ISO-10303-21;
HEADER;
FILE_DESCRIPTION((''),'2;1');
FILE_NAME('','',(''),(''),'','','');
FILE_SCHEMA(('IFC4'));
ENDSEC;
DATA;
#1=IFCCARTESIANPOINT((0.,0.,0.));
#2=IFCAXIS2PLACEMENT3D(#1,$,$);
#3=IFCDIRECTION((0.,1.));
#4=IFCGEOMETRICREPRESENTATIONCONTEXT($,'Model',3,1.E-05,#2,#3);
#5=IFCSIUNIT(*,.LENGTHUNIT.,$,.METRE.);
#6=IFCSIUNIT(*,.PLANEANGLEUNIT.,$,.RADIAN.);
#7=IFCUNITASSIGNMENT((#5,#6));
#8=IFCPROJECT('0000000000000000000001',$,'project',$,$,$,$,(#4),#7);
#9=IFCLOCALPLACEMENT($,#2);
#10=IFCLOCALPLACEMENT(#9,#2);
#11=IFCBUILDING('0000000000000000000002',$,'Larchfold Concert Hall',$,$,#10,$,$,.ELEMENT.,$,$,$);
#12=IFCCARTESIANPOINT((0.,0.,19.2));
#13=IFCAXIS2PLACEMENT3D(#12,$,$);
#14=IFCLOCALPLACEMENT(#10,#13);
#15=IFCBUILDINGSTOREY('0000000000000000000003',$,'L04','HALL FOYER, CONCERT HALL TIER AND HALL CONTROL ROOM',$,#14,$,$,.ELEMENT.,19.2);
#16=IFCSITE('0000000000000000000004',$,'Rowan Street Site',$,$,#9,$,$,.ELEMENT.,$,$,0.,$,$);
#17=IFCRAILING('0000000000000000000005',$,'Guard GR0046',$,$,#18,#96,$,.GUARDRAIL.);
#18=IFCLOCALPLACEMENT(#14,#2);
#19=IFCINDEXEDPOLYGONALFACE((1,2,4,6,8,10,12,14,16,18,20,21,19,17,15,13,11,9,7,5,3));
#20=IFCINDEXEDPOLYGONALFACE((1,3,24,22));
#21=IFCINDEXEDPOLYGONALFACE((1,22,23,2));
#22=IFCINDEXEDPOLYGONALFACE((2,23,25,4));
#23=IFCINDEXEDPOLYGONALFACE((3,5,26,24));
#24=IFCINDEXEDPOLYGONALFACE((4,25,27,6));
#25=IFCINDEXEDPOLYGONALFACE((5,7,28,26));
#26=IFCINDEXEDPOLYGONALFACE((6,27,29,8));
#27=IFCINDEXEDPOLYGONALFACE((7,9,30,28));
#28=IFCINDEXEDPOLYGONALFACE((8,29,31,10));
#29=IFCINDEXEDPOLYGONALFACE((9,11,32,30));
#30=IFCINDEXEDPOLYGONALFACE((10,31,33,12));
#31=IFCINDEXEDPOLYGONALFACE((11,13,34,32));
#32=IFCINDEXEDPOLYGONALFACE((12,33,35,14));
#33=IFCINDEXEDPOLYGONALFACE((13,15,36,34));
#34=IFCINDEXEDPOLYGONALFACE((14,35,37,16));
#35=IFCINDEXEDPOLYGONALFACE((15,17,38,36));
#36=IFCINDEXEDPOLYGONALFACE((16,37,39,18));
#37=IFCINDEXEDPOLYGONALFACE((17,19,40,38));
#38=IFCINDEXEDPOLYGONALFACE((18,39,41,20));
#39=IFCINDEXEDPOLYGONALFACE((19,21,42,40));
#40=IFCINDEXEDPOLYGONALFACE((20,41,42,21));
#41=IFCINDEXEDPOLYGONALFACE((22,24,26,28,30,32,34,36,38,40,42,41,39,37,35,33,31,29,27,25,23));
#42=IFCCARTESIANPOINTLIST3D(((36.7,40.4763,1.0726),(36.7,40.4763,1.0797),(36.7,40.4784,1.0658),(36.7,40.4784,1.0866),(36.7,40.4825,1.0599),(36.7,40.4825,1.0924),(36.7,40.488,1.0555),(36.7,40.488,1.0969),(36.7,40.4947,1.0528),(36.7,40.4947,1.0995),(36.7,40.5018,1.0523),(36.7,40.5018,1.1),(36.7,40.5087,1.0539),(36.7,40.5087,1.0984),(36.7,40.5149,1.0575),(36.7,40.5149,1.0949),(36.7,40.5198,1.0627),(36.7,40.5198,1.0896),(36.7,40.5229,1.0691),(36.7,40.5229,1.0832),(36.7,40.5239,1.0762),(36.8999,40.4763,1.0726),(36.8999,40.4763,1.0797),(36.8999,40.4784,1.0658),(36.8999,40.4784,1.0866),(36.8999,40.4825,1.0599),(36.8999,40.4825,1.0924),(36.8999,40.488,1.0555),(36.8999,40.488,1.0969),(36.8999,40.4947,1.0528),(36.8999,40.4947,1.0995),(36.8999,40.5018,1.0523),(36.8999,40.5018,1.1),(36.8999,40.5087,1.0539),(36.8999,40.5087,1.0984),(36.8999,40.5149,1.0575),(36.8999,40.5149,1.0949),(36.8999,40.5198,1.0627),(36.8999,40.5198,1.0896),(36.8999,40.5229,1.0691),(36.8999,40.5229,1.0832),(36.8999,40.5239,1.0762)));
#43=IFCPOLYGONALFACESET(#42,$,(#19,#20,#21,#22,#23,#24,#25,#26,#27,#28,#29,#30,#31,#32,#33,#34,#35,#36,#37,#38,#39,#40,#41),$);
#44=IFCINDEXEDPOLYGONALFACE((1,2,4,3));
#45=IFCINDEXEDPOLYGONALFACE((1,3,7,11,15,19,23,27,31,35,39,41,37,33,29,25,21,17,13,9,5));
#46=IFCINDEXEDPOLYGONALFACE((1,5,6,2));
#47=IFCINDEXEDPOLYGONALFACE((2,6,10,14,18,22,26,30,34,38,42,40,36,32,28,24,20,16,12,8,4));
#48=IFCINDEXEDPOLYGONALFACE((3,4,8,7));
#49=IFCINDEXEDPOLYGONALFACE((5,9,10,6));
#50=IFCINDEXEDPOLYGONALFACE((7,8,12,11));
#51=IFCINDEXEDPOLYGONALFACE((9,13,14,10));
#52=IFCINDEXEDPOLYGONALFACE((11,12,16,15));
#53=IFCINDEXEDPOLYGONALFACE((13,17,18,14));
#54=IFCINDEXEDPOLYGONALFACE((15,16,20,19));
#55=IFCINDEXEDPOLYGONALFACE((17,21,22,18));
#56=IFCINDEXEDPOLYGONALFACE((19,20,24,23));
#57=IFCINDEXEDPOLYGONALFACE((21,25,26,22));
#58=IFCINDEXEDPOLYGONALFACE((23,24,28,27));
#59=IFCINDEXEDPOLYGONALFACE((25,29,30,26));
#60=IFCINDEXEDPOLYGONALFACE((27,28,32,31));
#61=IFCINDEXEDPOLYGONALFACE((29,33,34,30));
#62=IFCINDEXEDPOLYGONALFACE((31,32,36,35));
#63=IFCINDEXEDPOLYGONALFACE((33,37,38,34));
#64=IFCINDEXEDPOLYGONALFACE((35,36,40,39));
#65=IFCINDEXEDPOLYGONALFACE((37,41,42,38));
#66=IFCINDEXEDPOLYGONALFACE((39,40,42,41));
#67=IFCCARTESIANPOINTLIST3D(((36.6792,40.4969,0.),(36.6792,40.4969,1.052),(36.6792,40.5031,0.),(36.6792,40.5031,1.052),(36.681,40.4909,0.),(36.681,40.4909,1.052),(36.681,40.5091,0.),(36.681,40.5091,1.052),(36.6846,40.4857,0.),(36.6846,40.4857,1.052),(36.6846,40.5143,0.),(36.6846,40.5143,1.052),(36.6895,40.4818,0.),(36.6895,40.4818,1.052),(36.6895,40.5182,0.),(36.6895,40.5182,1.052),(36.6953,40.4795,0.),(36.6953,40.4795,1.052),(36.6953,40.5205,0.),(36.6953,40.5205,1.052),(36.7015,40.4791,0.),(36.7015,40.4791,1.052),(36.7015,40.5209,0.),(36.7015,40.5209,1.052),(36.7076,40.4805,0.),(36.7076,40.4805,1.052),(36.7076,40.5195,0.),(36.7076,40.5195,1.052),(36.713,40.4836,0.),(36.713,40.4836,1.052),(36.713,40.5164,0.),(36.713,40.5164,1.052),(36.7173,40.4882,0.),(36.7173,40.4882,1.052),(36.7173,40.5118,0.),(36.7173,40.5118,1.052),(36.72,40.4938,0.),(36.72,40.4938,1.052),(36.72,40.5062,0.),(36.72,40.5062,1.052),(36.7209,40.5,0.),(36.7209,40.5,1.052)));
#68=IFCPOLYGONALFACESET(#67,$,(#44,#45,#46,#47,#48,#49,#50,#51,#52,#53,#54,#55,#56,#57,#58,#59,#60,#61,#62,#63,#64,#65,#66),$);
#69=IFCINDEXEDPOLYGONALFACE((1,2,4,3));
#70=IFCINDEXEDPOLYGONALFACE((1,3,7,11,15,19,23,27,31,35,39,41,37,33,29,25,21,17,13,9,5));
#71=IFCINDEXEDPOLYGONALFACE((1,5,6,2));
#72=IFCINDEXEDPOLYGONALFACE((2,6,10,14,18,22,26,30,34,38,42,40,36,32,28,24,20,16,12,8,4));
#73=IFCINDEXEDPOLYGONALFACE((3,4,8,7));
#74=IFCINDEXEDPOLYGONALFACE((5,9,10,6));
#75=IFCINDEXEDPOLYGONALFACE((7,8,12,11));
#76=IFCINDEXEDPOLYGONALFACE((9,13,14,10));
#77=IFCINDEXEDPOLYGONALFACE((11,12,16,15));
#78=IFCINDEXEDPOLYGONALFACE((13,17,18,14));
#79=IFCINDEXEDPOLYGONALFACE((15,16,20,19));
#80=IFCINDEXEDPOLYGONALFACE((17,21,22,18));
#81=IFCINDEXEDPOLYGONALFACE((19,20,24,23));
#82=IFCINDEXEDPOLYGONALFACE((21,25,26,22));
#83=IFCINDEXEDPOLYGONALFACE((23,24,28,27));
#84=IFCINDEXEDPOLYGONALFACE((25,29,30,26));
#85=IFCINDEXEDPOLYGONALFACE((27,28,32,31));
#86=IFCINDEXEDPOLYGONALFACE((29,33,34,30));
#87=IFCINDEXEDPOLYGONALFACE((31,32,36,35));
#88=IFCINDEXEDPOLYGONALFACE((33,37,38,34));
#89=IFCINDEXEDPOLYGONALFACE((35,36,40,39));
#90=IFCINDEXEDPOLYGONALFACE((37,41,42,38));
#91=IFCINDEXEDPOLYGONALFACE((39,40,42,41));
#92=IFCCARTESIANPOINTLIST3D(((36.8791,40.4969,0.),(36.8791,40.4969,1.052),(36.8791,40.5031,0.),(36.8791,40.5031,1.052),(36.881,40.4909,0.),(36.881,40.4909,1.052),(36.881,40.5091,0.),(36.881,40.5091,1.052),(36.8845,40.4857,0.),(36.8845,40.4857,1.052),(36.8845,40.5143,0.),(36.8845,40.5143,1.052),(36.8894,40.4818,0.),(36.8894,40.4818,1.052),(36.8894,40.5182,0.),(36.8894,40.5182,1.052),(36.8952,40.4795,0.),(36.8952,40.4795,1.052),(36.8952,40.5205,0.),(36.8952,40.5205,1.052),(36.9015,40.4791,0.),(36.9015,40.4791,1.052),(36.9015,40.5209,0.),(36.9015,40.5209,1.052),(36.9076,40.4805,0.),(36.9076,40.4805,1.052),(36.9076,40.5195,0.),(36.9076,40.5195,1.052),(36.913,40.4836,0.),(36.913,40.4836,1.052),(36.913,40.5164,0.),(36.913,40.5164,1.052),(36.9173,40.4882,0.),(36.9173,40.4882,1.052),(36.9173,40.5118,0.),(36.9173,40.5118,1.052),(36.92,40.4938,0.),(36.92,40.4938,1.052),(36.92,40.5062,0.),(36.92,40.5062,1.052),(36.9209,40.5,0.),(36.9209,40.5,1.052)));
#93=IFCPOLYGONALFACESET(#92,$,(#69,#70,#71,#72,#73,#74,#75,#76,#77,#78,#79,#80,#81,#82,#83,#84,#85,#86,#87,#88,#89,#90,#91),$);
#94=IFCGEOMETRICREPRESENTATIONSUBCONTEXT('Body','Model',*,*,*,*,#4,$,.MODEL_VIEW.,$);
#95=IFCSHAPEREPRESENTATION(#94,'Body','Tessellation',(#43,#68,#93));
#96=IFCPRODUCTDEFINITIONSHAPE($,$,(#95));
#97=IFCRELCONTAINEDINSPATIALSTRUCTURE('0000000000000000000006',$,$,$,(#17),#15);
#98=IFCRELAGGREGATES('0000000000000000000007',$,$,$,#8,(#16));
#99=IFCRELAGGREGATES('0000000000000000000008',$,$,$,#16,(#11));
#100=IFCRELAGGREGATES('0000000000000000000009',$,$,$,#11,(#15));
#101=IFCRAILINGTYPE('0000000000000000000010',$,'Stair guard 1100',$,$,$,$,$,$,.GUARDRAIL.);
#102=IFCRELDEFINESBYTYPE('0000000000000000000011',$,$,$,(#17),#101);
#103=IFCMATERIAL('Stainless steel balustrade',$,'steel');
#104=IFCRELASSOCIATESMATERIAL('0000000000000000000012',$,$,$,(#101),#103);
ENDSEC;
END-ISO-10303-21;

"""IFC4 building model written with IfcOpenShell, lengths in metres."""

from ifc_helpers import new_model, si_unit, direction, frame, origin, origin_2d, place, context, subcontext, project, spatial, circle, extrude, material, type_object, element, save


model = new_model("IFC4")

# Units and contexts
model_context = context("Model", 3, precision=1e-05, world=origin(), true_north=direction((0.0, 1.0)))
body_context = subcontext(model_context, "Body", "Model", "MODEL_VIEW")
ifc_project = project(units=[si_unit("LENGTHUNIT", "METRE"), si_unit("PLANEANGLEUNIT", "RADIAN")], contexts=[model_context])

# Site, building, storey
site_placement = place(None, origin())
site = spatial("IfcSite", under=ifc_project, at=site_placement, Name="Rowan Street Site", CompositionType="ELEMENT", RefElevation=0.0)
building_placement = place(site_placement, origin())
building = spatial("IfcBuilding", under=site, at=building_placement, Name="Larchfold Concert Hall", CompositionType="ELEMENT")
storey_placement = place(building_placement, frame((0.0, 0.0, 19.2)))
storey = spatial("IfcBuildingStorey", under=building, at=storey_placement, Name="L04", Description="HALL FOYER, CONCERT HALL TIER AND HALL CONTROL ROOM", CompositionType="ELEMENT", Elevation=19.2)

# Railing
ifc_material_1 = material(Name="Stainless steel balustrade", Category="steel")
railing_type_1 = type_object("IfcRailingType", Name="Stair guard 1100", PredefinedType="GUARDRAIL", material=ifc_material_1)
railing_1_placement = place(storey_placement, frame((36.7, 40.5, 0.0)))
element("IfcRailing", 1, at=railing_1_placement, inside=storey, type_object=railing_type_1, Name="Guard GR0046", PredefinedType="GUARDRAIL", context=body_context, shape_type="SweptSolid", body=[
    extrude(circle(Radius=0.0239, at=origin_2d()), frame((0.0, 0.0, 1.0762), z_axis=(1.0, 0.0, 0.0), x_axis=(0.0, 1.0, 0.0)), (0.0, 0.0, 1.0), 0.2),
    extrude(circle(Radius=0.021, at=origin_2d()), origin(), (0.0, 0.0, 1.0), 1.052),
    extrude(circle(Radius=0.021, at=origin_2d()), frame((0.2, 0.0, 0.0)), (0.0, 0.0, 1.0), 1.052),
])

save(model, "model.ifc")
